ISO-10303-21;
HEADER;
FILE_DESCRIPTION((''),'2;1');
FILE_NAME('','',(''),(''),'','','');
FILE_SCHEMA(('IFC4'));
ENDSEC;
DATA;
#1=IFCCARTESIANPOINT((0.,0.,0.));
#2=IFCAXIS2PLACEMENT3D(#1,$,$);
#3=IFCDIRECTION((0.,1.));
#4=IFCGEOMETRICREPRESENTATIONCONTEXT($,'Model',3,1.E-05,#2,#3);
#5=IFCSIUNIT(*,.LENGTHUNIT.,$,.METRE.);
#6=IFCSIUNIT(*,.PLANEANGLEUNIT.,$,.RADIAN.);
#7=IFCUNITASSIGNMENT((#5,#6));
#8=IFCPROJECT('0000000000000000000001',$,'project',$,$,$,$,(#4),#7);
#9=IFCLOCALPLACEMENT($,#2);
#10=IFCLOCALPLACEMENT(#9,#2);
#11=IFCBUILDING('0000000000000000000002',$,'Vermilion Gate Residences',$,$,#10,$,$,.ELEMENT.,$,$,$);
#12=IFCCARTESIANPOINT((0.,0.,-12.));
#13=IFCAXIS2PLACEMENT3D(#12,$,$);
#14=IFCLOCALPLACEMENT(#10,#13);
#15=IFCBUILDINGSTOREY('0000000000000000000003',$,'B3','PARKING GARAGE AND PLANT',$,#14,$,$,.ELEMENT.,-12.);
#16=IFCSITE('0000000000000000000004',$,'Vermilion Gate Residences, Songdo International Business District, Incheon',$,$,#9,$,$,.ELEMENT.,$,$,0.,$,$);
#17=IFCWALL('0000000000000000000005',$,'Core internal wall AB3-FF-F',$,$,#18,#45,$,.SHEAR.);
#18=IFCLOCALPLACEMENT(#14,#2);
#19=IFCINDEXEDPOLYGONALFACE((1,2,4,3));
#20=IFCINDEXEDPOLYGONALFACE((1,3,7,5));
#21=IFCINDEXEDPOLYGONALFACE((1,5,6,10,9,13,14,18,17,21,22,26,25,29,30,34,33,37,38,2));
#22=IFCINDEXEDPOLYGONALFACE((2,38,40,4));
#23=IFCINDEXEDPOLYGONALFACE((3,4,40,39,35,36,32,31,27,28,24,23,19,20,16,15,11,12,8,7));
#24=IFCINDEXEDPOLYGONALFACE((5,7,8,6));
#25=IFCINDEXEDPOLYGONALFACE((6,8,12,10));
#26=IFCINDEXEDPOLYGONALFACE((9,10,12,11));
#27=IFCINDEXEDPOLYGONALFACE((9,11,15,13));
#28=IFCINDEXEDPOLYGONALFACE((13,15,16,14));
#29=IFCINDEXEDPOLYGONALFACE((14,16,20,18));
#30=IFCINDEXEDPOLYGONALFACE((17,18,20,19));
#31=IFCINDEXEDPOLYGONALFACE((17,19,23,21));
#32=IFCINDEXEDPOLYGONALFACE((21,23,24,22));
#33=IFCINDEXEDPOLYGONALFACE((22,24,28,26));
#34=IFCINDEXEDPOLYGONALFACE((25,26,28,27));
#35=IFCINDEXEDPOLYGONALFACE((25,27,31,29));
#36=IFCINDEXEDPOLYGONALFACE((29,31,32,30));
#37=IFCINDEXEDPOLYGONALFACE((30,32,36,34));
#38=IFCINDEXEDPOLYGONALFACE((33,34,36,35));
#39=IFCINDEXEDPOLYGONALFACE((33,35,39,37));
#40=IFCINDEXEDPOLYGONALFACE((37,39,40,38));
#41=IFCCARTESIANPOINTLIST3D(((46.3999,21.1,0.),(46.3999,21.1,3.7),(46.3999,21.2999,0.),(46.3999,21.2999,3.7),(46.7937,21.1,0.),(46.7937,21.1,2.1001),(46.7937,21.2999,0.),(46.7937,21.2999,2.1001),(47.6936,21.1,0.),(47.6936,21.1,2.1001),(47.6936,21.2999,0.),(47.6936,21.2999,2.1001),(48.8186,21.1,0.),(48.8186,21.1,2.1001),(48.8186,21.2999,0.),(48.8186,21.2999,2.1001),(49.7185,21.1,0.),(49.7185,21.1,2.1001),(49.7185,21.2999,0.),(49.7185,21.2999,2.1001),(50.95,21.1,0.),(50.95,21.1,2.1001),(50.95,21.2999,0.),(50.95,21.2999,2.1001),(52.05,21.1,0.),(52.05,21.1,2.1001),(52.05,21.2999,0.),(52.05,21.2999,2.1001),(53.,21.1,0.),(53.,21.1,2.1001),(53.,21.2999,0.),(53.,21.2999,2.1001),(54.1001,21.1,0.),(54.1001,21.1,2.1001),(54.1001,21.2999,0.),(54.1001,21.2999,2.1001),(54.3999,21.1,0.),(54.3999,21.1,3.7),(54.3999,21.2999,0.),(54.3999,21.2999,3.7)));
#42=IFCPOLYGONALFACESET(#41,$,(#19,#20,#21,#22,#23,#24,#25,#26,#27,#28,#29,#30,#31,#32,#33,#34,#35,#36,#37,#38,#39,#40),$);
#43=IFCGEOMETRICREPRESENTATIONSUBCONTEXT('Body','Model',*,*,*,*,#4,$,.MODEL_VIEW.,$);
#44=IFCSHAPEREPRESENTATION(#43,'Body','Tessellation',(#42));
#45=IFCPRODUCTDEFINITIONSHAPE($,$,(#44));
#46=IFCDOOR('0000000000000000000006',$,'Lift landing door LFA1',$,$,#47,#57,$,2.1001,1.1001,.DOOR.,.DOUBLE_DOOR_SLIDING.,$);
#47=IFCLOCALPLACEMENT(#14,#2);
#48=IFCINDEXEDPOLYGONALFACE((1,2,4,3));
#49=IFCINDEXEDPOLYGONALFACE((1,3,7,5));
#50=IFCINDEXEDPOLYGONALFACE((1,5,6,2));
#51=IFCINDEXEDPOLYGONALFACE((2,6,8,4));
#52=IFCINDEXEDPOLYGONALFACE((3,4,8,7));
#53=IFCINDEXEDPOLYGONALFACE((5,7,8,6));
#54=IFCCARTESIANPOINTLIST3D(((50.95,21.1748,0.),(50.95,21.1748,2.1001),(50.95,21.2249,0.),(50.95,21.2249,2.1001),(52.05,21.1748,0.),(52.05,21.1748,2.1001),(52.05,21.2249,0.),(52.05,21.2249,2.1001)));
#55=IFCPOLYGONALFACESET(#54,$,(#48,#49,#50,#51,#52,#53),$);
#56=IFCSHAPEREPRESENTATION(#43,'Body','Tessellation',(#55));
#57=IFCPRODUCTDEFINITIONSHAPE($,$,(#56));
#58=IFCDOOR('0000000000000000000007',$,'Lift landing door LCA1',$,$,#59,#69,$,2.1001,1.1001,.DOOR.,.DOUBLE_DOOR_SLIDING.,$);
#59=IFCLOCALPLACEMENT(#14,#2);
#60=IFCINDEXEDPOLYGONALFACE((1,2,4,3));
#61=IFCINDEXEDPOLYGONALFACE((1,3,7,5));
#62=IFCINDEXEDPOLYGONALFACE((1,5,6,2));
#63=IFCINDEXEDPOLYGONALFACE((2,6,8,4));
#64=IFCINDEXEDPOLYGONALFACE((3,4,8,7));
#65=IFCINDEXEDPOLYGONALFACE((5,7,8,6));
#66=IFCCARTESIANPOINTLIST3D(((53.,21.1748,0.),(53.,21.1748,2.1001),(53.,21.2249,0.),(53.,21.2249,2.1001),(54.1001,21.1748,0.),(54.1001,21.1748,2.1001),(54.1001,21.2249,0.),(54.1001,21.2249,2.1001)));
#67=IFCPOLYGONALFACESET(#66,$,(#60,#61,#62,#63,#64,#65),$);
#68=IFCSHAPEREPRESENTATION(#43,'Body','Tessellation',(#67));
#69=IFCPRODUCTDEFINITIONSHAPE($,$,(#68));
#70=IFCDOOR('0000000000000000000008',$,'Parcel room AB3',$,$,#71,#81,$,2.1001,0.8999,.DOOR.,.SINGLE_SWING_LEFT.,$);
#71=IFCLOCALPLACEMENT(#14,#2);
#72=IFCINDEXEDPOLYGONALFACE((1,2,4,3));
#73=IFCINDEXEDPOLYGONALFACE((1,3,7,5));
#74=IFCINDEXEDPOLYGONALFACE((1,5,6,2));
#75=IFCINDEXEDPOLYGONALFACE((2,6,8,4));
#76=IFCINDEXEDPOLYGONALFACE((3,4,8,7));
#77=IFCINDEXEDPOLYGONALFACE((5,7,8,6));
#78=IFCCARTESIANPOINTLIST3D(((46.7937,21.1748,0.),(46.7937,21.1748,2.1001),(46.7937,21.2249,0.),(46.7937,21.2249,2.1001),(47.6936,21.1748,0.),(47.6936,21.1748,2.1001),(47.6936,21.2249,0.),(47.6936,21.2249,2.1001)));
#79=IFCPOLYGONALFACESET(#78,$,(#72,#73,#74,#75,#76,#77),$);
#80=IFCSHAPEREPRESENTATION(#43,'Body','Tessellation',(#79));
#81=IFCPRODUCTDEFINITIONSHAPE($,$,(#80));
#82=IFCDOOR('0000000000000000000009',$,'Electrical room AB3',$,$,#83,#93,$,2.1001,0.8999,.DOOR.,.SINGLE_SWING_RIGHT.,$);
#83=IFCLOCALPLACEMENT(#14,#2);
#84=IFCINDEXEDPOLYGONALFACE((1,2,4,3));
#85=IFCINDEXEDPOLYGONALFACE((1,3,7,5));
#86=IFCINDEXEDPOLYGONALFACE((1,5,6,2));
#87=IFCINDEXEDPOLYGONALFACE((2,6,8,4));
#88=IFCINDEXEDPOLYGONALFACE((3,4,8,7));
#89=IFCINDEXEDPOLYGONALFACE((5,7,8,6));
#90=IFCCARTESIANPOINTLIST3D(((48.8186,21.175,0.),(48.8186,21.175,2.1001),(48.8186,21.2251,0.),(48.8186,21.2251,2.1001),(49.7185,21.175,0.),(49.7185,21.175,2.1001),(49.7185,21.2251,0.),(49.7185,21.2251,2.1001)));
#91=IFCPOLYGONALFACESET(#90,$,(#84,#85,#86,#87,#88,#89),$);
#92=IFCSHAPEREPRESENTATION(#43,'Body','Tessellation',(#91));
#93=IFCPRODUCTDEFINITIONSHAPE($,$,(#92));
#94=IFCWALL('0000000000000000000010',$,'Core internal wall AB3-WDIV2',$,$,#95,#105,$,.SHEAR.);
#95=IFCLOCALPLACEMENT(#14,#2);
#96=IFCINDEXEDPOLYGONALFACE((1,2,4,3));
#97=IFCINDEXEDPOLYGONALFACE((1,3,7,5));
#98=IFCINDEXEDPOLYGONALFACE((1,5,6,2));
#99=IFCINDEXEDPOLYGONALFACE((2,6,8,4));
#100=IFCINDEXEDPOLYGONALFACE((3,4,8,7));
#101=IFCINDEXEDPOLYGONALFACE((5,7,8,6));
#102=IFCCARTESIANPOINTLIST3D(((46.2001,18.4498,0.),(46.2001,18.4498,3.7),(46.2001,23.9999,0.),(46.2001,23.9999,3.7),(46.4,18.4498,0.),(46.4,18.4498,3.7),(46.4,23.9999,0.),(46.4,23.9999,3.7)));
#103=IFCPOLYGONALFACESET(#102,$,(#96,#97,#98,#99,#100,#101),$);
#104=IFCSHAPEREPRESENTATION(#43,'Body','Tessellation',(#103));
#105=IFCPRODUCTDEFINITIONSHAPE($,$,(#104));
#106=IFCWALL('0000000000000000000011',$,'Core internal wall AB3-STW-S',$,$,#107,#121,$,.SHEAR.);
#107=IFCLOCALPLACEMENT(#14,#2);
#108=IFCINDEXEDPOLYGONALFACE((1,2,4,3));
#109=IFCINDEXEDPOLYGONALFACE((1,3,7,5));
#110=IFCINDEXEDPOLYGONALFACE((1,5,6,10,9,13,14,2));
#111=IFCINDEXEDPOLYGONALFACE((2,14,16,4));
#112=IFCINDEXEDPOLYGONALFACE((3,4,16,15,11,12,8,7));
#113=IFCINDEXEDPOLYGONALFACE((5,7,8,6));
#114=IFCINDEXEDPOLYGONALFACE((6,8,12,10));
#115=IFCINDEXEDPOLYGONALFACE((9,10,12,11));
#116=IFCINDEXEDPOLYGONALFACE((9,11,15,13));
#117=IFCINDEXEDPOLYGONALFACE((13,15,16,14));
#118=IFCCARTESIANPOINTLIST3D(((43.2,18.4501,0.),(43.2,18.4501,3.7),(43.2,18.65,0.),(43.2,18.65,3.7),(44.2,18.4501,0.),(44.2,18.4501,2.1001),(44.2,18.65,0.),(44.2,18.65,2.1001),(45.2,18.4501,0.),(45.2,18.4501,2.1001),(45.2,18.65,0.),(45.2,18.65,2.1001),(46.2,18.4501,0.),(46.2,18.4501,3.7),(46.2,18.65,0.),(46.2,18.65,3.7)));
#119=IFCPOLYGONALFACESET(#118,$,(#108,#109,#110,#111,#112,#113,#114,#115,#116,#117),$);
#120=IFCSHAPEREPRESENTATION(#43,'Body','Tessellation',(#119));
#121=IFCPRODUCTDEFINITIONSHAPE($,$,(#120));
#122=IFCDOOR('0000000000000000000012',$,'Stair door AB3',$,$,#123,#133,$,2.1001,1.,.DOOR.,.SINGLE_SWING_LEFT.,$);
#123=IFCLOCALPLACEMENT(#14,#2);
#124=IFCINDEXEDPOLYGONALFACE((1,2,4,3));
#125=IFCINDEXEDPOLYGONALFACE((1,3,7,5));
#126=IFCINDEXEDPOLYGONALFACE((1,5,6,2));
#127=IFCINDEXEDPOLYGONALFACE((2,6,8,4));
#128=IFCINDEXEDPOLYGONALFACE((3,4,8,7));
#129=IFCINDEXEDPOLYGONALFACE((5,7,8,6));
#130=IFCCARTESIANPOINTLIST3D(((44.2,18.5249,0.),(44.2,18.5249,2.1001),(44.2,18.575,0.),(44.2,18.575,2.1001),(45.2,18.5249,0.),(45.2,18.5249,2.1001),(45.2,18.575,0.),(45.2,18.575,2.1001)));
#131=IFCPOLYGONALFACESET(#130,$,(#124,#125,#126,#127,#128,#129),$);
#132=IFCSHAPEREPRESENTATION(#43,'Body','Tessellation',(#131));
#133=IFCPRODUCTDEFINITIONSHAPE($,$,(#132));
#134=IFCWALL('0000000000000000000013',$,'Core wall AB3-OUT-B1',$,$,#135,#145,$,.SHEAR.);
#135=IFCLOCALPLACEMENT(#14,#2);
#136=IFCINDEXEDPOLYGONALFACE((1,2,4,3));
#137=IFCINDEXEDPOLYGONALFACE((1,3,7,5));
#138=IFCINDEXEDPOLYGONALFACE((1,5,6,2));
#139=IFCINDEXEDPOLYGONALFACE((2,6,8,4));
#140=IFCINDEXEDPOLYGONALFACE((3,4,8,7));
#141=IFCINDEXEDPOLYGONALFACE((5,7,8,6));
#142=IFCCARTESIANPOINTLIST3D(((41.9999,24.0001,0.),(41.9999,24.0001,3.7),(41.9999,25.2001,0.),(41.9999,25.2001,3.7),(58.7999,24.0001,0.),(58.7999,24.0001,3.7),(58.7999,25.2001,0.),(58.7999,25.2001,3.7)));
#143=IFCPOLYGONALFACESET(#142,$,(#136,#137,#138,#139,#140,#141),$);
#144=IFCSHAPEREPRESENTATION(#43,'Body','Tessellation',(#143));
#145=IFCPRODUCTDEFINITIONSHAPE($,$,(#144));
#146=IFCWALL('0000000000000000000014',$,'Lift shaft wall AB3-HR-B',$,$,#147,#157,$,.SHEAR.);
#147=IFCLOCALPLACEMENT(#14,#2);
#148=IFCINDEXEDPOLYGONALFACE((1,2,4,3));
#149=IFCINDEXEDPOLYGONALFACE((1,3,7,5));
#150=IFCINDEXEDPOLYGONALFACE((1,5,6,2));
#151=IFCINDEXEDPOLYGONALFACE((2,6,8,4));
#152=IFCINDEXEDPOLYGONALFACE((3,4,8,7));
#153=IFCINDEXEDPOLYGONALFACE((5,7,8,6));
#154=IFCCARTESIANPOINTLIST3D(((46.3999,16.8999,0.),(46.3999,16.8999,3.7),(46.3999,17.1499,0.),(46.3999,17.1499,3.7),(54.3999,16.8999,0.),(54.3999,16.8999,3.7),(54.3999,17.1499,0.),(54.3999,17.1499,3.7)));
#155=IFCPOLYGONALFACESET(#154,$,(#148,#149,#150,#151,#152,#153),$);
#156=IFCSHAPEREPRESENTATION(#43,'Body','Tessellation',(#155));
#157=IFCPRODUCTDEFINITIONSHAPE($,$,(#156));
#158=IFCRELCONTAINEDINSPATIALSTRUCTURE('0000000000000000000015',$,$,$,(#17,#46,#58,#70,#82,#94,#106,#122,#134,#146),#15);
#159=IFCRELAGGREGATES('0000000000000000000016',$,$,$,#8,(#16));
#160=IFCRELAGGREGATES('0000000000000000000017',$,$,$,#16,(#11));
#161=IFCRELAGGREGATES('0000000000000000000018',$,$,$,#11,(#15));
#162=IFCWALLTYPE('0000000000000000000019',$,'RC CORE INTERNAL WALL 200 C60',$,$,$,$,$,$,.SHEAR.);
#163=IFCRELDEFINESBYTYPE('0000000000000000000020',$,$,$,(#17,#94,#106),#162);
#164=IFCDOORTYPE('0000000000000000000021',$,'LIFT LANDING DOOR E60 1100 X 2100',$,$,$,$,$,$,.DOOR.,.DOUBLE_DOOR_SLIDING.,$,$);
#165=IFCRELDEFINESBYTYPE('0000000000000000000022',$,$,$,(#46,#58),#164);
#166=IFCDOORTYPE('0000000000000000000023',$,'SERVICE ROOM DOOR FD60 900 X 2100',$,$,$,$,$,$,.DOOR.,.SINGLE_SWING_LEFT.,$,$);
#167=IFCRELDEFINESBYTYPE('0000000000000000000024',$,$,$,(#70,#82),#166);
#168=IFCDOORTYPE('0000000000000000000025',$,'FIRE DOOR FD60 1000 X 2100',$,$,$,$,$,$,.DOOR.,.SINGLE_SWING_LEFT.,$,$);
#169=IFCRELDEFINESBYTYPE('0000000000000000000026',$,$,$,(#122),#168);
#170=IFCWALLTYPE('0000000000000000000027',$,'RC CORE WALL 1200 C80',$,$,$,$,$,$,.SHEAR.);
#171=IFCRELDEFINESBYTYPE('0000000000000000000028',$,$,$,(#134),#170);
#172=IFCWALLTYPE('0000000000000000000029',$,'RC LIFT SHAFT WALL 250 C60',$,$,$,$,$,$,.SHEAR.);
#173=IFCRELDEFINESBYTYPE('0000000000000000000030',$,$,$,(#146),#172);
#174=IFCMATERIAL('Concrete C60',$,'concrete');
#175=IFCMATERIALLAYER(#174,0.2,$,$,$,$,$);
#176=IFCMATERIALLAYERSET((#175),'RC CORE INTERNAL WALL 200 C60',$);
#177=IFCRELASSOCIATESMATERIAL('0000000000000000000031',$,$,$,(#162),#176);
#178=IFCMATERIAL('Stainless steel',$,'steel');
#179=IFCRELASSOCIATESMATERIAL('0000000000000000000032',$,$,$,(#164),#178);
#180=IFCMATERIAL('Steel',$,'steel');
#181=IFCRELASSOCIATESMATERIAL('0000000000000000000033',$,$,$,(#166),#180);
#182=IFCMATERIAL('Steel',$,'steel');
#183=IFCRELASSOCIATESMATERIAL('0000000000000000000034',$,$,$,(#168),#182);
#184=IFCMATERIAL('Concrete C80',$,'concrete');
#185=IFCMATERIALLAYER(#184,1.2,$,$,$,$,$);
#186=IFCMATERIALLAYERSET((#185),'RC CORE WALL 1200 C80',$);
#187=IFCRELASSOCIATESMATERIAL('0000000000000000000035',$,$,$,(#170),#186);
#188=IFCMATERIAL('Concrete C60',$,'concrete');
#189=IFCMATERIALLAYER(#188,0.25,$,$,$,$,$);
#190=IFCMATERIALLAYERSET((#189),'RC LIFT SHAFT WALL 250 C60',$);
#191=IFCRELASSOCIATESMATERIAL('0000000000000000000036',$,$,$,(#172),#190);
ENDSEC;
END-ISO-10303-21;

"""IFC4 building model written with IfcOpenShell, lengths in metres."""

from ifc_helpers import new_model, si_unit, direction, frame, frame_2d, origin, place, context, subcontext, project, spatial, rectangle, extrude, material, layer, layer_set, type_object, element, fill, save


model = new_model("IFC4")

# Units and contexts
model_context = context("Model", 3, precision=1e-05, world=origin(), true_north=direction((0.0, 1.0)))
body_context = subcontext(model_context, "Body", "Model", "MODEL_VIEW")
ifc_project = project(units=[si_unit("LENGTHUNIT", "METRE"), si_unit("PLANEANGLEUNIT", "RADIAN")], contexts=[model_context])

# Site, building, storey
site_placement = place(None, origin())
site = spatial("IfcSite", under=ifc_project, at=site_placement, Name="Vermilion Gate Residences, Songdo International Business District, Incheon", CompositionType="ELEMENT", RefElevation=0.0)
building_placement = place(site_placement, origin())
building = spatial("IfcBuilding", under=site, at=building_placement, Name="Vermilion Gate Residences", CompositionType="ELEMENT")
storey_placement = place(building_placement, frame((0.0, 0.0, -12.0)))
storey = spatial("IfcBuildingStorey", under=building, at=storey_placement, Name="B3", Description="PARKING GARAGE AND PLANT", CompositionType="ELEMENT", Elevation=-12.0)

# Shared definitions
ifc_material_1 = material(Name="Concrete C60", Category="concrete")
ifc_layer_1 = layer(ifc_material_1, 0.2)
ifc_layer_set_1 = layer_set([ifc_layer_1], Name="RC CORE INTERNAL WALL 200 C60")
wall_type_1 = type_object("IfcWallType", Name="RC CORE INTERNAL WALL 200 C60", PredefinedType="SHEAR", material=ifc_layer_set_1)

# Wall, openings, doors
wall_1_placement = place(storey_placement, frame((46.3999, 21.2, 0.0), z_axis=(0.0, 0.0, 1.0), x_axis=(1.0, 0.0, 0.0)))
wall_1 = element("IfcWall", 1, at=wall_1_placement, inside=storey, type_object=wall_type_1, Name="Core internal wall AB3-FF-F", PredefinedType="SHEAR", context=body_context, shape_type="SweptSolid", body=[
    extrude(rectangle(XDim=8.0, YDim=0.2, at=frame_2d((4.0, 0.0))), origin(), (0.0, 0.0, 1.0), 3.7),
])
opening_1_placement = place(wall_1_placement, frame((0.3938, 0.0, 0.0)))
opening_1 = element("IfcOpeningElement", 2, at=opening_1_placement, cuts=wall_1, PredefinedType="OPENING", context=body_context, shape_type="SweptSolid", body=[
    extrude(rectangle(XDim=0.8999, YDim=2.1001, at=frame_2d((0.45, 1.05))), frame((0.0, 0.1099, 0.0), z_axis=(0.0, -1.0, 0.0), x_axis=(1.0, 0.0, 0.0)), (0.0, 0.0, 1.0), 0.22),
])
opening_2_placement = place(wall_1_placement, frame((2.4187, 0.0, 0.0)))
opening_2 = element("IfcOpeningElement", 3, at=opening_2_placement, cuts=wall_1, PredefinedType="OPENING", context=body_context, shape_type="SweptSolid", body=[
    extrude(rectangle(XDim=0.8999, YDim=2.1001, at=frame_2d((0.45, 1.05))), frame((0.0, 0.1099, 0.0), z_axis=(0.0, -1.0, 0.0), x_axis=(1.0, 0.0, 0.0)), (0.0, 0.0, 1.0), 0.22),
])
opening_3_placement = place(wall_1_placement, frame((4.55, 0.0, 0.0)))
opening_3 = element("IfcOpeningElement", 4, at=opening_3_placement, cuts=wall_1, PredefinedType="OPENING", context=body_context, shape_type="SweptSolid", body=[
    extrude(rectangle(XDim=1.1001, YDim=2.1001, at=frame_2d((0.55, 1.05))), frame((0.0, 0.1099, 0.0), z_axis=(0.0, -1.0, 0.0), x_axis=(1.0, 0.0, 0.0)), (0.0, 0.0, 1.0), 0.22),
])
opening_4_placement = place(wall_1_placement, frame((6.6001, 0.0, 0.0)))
opening_4 = element("IfcOpeningElement", 5, at=opening_4_placement, cuts=wall_1, PredefinedType="OPENING", context=body_context, shape_type="SweptSolid", body=[
    extrude(rectangle(XDim=1.1001, YDim=2.1001, at=frame_2d((0.55, 1.05))), frame((0.0, 0.1099, 0.0), z_axis=(0.0, -1.0, 0.0), x_axis=(1.0, 0.0, 0.0)), (0.0, 0.0, 1.0), 0.22),
])
ifc_material_2 = material(Name="Stainless steel", Category="steel")
door_type_1 = type_object("IfcDoorType", Name="LIFT LANDING DOOR E60 1100 X 2100", OperationType="DOUBLE_DOOR_SLIDING", PredefinedType="DOOR", material=ifc_material_2)
door_1_placement = place(opening_3_placement, origin())
door_1 = element("IfcDoor", 6, at=door_1_placement, inside=storey, type_object=door_type_1, Name="Lift landing door LFA1", OperationType="DOUBLE_DOOR_SLIDING", OverallHeight=2.1001, OverallWidth=1.1001, PredefinedType="DOOR", context=body_context, shape_type="SweptSolid", body=[
    extrude(rectangle(XDim=1.1001, YDim=2.1001, at=frame_2d((0.55, 1.05))), frame((0.0, 0.0249, 0.0), z_axis=(0.0, -1.0, 0.0), x_axis=(1.0, 0.0, 0.0)), (0.0, 0.0, 1.0), 0.05),
])
fill(opening_3, door_1)
door_2_placement = place(opening_4_placement, origin())
door_2 = element("IfcDoor", 7, at=door_2_placement, inside=storey, type_object=door_type_1, Name="Lift landing door LCA1", OperationType="DOUBLE_DOOR_SLIDING", OverallHeight=2.1001, OverallWidth=1.1001, PredefinedType="DOOR", context=body_context, shape_type="SweptSolid", body=[
    extrude(rectangle(XDim=1.1001, YDim=2.1001, at=frame_2d((0.55, 1.05))), frame((0.0, 0.0249, 0.0), z_axis=(0.0, -1.0, 0.0), x_axis=(1.0, 0.0, 0.0)), (0.0, 0.0, 1.0), 0.05),
])
fill(opening_4, door_2)
ifc_material_3 = material(Name="Steel", Category="steel")
door_type_2 = type_object("IfcDoorType", Name="SERVICE ROOM DOOR FD60 900 X 2100", OperationType="SINGLE_SWING_LEFT", PredefinedType="DOOR", material=ifc_material_3)
door_3_placement = place(opening_1_placement, origin())
door_3 = element("IfcDoor", 8, at=door_3_placement, inside=storey, type_object=door_type_2, Name="Parcel room AB3", OperationType="SINGLE_SWING_LEFT", OverallHeight=2.1001, OverallWidth=0.8999, PredefinedType="DOOR", context=body_context, shape_type="SweptSolid", body=[
    extrude(rectangle(XDim=0.8999, YDim=2.1001, at=frame_2d((0.45, 1.05))), frame((0.0, 0.0249, 0.0), z_axis=(0.0, -1.0, 0.0), x_axis=(1.0, 0.0, 0.0)), (0.0, 0.0, 1.0), 0.05),
])
fill(opening_1, door_3)
door_4_placement = place(opening_2_placement, frame((0.8999, 0.0, 0.0), z_axis=(0.0, 0.0, 1.0), x_axis=(-1.0, 0.0, 0.0)))
door_4 = element("IfcDoor", 9, at=door_4_placement, inside=storey, type_object=door_type_2, Name="Electrical room AB3", OperationType="SINGLE_SWING_RIGHT", OverallHeight=2.1001, OverallWidth=0.8999, PredefinedType="DOOR", context=body_context, shape_type="SweptSolid", body=[
    extrude(rectangle(XDim=0.8999, YDim=2.1001, at=frame_2d((0.45, 1.05))), frame((0.0, 0.0249, 0.0), z_axis=(0.0, -1.0, 0.0), x_axis=(1.0, 0.0, 0.0)), (0.0, 0.0, 1.0), 0.05),
])
fill(opening_2, door_4)

# Wall
wall_2_placement = place(storey_placement, frame((46.3, 18.45, 0.0), z_axis=(0.0, 0.0, 1.0), x_axis=(0.0, 1.0, 0.0)))
element("IfcWall", 10, at=wall_2_placement, inside=storey, type_object=wall_type_1, Name="Core internal wall AB3-WDIV2", PredefinedType="SHEAR", context=body_context, shape_type="SweptSolid", body=[
    extrude(rectangle(XDim=5.55, YDim=0.2, at=frame_2d((2.7749, 0.0))), origin(), (0.0, 0.0, 1.0), 3.7),
])

# Wall, opening, door
wall_3_placement = place(storey_placement, frame((43.2, 18.55, 0.0), z_axis=(0.0, 0.0, 1.0), x_axis=(1.0, 0.0, 0.0)))
wall_3 = element("IfcWall", 11, at=wall_3_placement, inside=storey, type_object=wall_type_1, Name="Core internal wall AB3-STW-S", PredefinedType="SHEAR", context=body_context, shape_type="SweptSolid", body=[
    extrude(rectangle(XDim=3.0, YDim=0.2, at=frame_2d((1.5, 0.0))), origin(), (0.0, 0.0, 1.0), 3.7),
])
opening_5_placement = place(wall_3_placement, frame((1.0, 0.0, 0.0)))
opening_5 = element("IfcOpeningElement", 12, at=opening_5_placement, cuts=wall_3, PredefinedType="OPENING", context=body_context, shape_type="SweptSolid", body=[
    extrude(rectangle(XDim=1.0, YDim=2.1001, at=frame_2d((0.5, 1.05))), frame((0.0, 0.1099, 0.0), z_axis=(0.0, -1.0, 0.0), x_axis=(1.0, 0.0, 0.0)), (0.0, 0.0, 1.0), 0.22),
])
ifc_material_4 = material(Name="Steel", Category="steel")
door_type_3 = type_object("IfcDoorType", Name="FIRE DOOR FD60 1000 X 2100", OperationType="SINGLE_SWING_LEFT", PredefinedType="DOOR", material=ifc_material_4)
door_5_placement = place(opening_5_placement, origin())
door_5 = element("IfcDoor", 13, at=door_5_placement, inside=storey, type_object=door_type_3, Name="Stair door AB3", OperationType="SINGLE_SWING_LEFT", OverallHeight=2.1001, OverallWidth=1.0, PredefinedType="DOOR", context=body_context, shape_type="SweptSolid", body=[
    extrude(rectangle(XDim=1.0, YDim=2.1001, at=frame_2d((0.5, 1.05))), frame((0.0, 0.0249, 0.0), z_axis=(0.0, -1.0, 0.0), x_axis=(1.0, 0.0, 0.0)), (0.0, 0.0, 1.0), 0.05),
])
fill(opening_5, door_5)

# Walls
ifc_material_5 = material(Name="Concrete C80", Category="concrete")
ifc_layer_2 = layer(ifc_material_5, 1.2)
ifc_layer_set_2 = layer_set([ifc_layer_2], Name="RC CORE WALL 1200 C80")
wall_type_2 = type_object("IfcWallType", Name="RC CORE WALL 1200 C80", PredefinedType="SHEAR", material=ifc_layer_set_2)
wall_4_placement = place(storey_placement, frame((42.0, 24.6001, 0.0), z_axis=(0.0, 0.0, 1.0), x_axis=(1.0, 0.0, 0.0)))
element("IfcWall", 14, at=wall_4_placement, inside=storey, type_object=wall_type_2, Name="Core wall AB3-OUT-B1", PredefinedType="SHEAR", context=body_context, shape_type="SweptSolid", body=[
    extrude(rectangle(XDim=16.8, YDim=1.2, at=frame_2d((8.3999, 0.0))), origin(), (0.0, 0.0, 1.0), 3.7),
])
ifc_material_6 = material(Name="Concrete C60", Category="concrete")
ifc_layer_3 = layer(ifc_material_6, 0.25)
ifc_layer_set_3 = layer_set([ifc_layer_3], Name="RC LIFT SHAFT WALL 250 C60")
wall_type_3 = type_object("IfcWallType", Name="RC LIFT SHAFT WALL 250 C60", PredefinedType="SHEAR", material=ifc_layer_set_3)
wall_5_placement = place(storey_placement, frame((46.3999, 17.0249, 0.0), z_axis=(0.0, 0.0, 1.0), x_axis=(1.0, 0.0, 0.0)))
element("IfcWall", 15, at=wall_5_placement, inside=storey, type_object=wall_type_3, Name="Lift shaft wall AB3-HR-B", PredefinedType="SHEAR", context=body_context, shape_type="SweptSolid", body=[
    extrude(rectangle(XDim=8.0, YDim=0.25, at=frame_2d((4.0, 0.0))), origin(), (0.0, 0.0, 1.0), 3.7),
])

save(model, "model.ifc")
